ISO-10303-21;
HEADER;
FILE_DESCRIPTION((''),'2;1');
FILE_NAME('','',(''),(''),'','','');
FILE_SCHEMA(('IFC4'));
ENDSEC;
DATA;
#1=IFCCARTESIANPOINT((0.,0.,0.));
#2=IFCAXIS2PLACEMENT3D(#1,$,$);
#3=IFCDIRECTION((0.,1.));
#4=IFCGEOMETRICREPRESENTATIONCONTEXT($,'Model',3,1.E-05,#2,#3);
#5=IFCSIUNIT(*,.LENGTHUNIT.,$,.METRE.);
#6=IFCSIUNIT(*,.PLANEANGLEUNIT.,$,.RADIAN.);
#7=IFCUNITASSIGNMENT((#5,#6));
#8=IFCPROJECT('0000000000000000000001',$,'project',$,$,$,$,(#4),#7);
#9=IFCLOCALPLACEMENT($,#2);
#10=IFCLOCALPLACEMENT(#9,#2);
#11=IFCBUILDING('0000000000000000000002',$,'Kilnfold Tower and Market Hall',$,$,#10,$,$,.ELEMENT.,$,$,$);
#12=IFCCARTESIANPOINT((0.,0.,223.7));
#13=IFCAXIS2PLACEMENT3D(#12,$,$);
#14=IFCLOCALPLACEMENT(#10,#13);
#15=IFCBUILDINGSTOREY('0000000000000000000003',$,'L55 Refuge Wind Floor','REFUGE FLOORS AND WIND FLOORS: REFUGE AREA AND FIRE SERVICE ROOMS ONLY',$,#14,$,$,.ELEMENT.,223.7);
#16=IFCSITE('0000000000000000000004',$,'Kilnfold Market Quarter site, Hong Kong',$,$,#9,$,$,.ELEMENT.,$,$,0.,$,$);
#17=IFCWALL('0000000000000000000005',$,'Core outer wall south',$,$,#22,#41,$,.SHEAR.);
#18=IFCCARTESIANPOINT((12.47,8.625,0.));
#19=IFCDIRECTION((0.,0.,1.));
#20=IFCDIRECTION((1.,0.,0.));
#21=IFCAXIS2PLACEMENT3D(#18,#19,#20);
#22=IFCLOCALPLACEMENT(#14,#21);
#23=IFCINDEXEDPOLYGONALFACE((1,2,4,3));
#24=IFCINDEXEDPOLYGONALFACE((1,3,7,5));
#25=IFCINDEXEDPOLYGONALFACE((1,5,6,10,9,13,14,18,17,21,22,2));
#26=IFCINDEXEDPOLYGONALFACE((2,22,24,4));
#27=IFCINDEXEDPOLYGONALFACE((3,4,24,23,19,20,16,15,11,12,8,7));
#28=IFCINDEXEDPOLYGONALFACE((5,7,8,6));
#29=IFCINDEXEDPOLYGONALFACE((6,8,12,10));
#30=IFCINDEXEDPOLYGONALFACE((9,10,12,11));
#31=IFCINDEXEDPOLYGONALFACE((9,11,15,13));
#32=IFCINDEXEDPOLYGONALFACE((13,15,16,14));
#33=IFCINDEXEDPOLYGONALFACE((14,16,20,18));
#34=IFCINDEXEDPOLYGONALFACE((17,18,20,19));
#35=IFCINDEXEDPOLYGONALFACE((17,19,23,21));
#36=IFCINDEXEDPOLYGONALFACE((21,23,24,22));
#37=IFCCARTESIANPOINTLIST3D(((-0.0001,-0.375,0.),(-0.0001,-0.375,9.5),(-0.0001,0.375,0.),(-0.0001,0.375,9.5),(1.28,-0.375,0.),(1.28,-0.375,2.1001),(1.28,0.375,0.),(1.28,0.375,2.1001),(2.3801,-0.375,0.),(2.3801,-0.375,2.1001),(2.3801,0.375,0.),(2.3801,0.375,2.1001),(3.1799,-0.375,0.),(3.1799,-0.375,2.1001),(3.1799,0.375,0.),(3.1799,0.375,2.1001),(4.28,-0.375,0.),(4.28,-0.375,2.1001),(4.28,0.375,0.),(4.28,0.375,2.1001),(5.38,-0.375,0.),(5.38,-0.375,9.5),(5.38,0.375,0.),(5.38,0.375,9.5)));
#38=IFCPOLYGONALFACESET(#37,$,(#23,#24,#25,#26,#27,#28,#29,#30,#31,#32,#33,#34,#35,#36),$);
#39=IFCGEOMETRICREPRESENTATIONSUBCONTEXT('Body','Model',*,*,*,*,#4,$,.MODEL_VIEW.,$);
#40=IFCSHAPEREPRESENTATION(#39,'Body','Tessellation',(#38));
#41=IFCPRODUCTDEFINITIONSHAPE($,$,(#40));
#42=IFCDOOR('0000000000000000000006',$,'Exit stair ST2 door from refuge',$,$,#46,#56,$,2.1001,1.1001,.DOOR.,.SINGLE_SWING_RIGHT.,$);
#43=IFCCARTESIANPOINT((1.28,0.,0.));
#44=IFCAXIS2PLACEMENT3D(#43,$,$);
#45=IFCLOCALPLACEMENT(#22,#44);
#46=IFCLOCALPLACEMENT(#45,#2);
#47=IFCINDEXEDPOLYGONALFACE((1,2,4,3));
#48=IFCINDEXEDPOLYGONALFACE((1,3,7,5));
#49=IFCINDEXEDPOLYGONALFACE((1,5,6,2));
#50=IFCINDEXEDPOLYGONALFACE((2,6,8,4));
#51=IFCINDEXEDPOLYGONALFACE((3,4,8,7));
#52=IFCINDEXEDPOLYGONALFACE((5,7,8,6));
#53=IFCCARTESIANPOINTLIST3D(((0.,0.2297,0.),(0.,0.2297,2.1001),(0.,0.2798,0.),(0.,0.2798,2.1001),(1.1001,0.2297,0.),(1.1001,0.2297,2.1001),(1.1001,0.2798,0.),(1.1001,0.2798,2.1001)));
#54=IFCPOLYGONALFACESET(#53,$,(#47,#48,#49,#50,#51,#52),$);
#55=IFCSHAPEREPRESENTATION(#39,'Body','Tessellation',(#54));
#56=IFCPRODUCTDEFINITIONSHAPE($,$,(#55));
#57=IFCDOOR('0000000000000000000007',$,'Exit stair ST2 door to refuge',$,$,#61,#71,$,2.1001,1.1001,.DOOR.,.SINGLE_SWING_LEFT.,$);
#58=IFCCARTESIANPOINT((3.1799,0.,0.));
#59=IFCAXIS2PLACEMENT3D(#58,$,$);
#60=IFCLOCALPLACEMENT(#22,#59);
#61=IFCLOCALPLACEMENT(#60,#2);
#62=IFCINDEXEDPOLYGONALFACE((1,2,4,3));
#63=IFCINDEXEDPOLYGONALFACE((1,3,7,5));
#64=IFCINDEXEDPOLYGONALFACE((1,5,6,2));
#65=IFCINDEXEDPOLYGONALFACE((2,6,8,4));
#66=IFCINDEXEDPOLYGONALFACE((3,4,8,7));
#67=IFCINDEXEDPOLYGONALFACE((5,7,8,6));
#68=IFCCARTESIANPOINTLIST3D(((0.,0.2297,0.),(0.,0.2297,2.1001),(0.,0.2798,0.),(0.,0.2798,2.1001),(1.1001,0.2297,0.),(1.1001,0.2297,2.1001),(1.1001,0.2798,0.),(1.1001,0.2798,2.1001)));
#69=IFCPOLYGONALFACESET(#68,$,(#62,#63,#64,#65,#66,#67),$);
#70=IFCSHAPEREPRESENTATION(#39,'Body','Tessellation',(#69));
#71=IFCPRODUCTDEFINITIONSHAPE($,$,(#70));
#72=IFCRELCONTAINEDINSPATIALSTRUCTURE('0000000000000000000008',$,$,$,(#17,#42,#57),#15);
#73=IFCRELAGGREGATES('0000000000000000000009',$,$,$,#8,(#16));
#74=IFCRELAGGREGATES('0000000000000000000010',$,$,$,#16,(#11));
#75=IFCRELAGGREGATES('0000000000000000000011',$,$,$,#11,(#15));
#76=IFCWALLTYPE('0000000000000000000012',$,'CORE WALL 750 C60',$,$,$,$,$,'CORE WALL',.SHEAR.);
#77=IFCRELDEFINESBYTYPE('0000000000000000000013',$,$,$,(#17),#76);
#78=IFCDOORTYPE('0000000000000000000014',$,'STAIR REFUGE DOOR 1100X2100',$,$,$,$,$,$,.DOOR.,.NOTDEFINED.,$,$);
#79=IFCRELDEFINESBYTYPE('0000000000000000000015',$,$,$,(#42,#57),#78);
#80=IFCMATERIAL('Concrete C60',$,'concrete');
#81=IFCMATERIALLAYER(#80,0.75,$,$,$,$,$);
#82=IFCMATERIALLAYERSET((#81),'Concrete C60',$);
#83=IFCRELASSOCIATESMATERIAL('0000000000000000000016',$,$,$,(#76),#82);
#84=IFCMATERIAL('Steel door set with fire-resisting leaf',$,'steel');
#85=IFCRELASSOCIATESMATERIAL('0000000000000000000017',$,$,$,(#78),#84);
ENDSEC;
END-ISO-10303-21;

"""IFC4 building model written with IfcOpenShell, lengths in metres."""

from ifc_helpers import new_model, si_unit, direction, frame, frame_2d, origin, place, context, subcontext, project, spatial, rectangle, extrude, source, transform, mapped, material, layer, layer_set, type_object, element, fill, save


model = new_model("IFC4")

# Units and contexts
model_context = context("Model", 3, precision=1e-05, world=origin(), true_north=direction((0.0, 1.0)))
body_context = subcontext(model_context, "Body", "Model", "MODEL_VIEW")
ifc_project = project(units=[si_unit("LENGTHUNIT", "METRE"), si_unit("PLANEANGLEUNIT", "RADIAN")], contexts=[model_context])

# Site, building, storey
site_placement = place(None, origin())
site = spatial("IfcSite", under=ifc_project, at=site_placement, Name="Kilnfold Market Quarter site, Hong Kong", CompositionType="ELEMENT", RefElevation=0.0)
building_placement = place(site_placement, origin())
building = spatial("IfcBuilding", under=site, at=building_placement, Name="Kilnfold Tower and Market Hall", CompositionType="ELEMENT")
storey_placement = place(building_placement, frame((0.0, 0.0, 223.7)))
storey = spatial("IfcBuildingStorey", under=building, at=storey_placement, Name="L55 Refuge Wind Floor", Description="REFUGE FLOORS AND WIND FLOORS: REFUGE AREA AND FIRE SERVICE ROOMS ONLY", CompositionType="ELEMENT", Elevation=223.7)

# Shared definitions
ifc_material_1 = material(Name="Concrete C60", Category="concrete")
ifc_layer_1 = layer(ifc_material_1, 0.75)
ifc_layer_set_1 = layer_set([ifc_layer_1], Name="Concrete C60")
wall_type_1 = type_object("IfcWallType", Name="CORE WALL 750 C60", ElementType="CORE WALL", PredefinedType="SHEAR", material=ifc_layer_set_1)

# Wall, openings, doors
shared_shape_1 = source(origin(), body_context, "Body", "SweptSolid", [
    extrude(rectangle(XDim=5.3801, YDim=0.75, at=frame_2d((2.6899, 0.0))), origin(), (0.0, 0.0, 1.0), 9.5),
])
wall_1_placement = place(storey_placement, frame((12.47, 8.625, 0.0), z_axis=(0.0, 0.0, 1.0), x_axis=(1.0, 0.0, 0.0)))
wall_1 = element("IfcWall", 1, at=wall_1_placement, inside=storey, type_object=wall_type_1, Name="Core outer wall south", PredefinedType="SHEAR", context=body_context, shape_type="MappedRepresentation", body=[
    mapped(shared_shape_1, transform((0.0, 0.0, 0.0))),
])
opening_1_placement = place(wall_1_placement, frame((1.28, 0.0, 0.0)))
opening_1 = element("IfcOpeningElement", 2, at=opening_1_placement, cuts=wall_1, PredefinedType="OPENING", context=body_context, shape_type="SweptSolid", body=[
    extrude(rectangle(XDim=1.1001, YDim=2.1001, at=frame_2d((0.55, 1.05))), frame((0.0, 0.385, 0.0), z_axis=(0.0, -1.0, 0.0), x_axis=(1.0, 0.0, 0.0)), (0.0, 0.0, 1.0), 0.77),
])
opening_2_placement = place(wall_1_placement, frame((3.1799, 0.0, 0.0)))
opening_2 = element("IfcOpeningElement", 3, at=opening_2_placement, cuts=wall_1, PredefinedType="OPENING", context=body_context, shape_type="SweptSolid", body=[
    extrude(rectangle(XDim=1.1001, YDim=2.1001, at=frame_2d((0.55, 1.05))), frame((0.0, 0.385, 0.0), z_axis=(0.0, -1.0, 0.0), x_axis=(1.0, 0.0, 0.0)), (0.0, 0.0, 1.0), 0.77),
])
ifc_material_2 = material(Name="Steel door set with fire-resisting leaf", Category="steel")
door_type_1 = type_object("IfcDoorType", Name="STAIR REFUGE DOOR 1100X2100", OperationType="NOTDEFINED", PredefinedType="DOOR", material=ifc_material_2)
door_1_placement = place(opening_1_placement, origin())
door_1 = element("IfcDoor", 4, at=door_1_placement, inside=storey, type_object=door_type_1, Name="Exit stair ST2 door from refuge", OperationType="SINGLE_SWING_RIGHT", OverallHeight=2.1001, OverallWidth=1.1001, PredefinedType="DOOR", context=body_context, shape_type="SweptSolid", body=[
    extrude(rectangle(XDim=1.1001, YDim=2.1001, at=frame_2d((0.55, 1.05))), frame((0.0, 0.2798, 0.0), z_axis=(0.0, -1.0, 0.0), x_axis=(1.0, 0.0, 0.0)), (0.0, 0.0, 1.0), 0.05),
])
fill(opening_1, door_1)
door_2_placement = place(opening_2_placement, origin())
door_2 = element("IfcDoor", 5, at=door_2_placement, inside=storey, type_object=door_type_1, Name="Exit stair ST2 door to refuge", OperationType="SINGLE_SWING_LEFT", OverallHeight=2.1001, OverallWidth=1.1001, PredefinedType="DOOR", context=body_context, shape_type="SweptSolid", body=[
    extrude(rectangle(XDim=1.1001, YDim=2.1001, at=frame_2d((0.55, 1.05))), frame((0.0, 0.2798, 0.0), z_axis=(0.0, -1.0, 0.0), x_axis=(1.0, 0.0, 0.0)), (0.0, 0.0, 1.0), 0.05),
])
fill(opening_2, door_2)

save(model, "model.ifc")
